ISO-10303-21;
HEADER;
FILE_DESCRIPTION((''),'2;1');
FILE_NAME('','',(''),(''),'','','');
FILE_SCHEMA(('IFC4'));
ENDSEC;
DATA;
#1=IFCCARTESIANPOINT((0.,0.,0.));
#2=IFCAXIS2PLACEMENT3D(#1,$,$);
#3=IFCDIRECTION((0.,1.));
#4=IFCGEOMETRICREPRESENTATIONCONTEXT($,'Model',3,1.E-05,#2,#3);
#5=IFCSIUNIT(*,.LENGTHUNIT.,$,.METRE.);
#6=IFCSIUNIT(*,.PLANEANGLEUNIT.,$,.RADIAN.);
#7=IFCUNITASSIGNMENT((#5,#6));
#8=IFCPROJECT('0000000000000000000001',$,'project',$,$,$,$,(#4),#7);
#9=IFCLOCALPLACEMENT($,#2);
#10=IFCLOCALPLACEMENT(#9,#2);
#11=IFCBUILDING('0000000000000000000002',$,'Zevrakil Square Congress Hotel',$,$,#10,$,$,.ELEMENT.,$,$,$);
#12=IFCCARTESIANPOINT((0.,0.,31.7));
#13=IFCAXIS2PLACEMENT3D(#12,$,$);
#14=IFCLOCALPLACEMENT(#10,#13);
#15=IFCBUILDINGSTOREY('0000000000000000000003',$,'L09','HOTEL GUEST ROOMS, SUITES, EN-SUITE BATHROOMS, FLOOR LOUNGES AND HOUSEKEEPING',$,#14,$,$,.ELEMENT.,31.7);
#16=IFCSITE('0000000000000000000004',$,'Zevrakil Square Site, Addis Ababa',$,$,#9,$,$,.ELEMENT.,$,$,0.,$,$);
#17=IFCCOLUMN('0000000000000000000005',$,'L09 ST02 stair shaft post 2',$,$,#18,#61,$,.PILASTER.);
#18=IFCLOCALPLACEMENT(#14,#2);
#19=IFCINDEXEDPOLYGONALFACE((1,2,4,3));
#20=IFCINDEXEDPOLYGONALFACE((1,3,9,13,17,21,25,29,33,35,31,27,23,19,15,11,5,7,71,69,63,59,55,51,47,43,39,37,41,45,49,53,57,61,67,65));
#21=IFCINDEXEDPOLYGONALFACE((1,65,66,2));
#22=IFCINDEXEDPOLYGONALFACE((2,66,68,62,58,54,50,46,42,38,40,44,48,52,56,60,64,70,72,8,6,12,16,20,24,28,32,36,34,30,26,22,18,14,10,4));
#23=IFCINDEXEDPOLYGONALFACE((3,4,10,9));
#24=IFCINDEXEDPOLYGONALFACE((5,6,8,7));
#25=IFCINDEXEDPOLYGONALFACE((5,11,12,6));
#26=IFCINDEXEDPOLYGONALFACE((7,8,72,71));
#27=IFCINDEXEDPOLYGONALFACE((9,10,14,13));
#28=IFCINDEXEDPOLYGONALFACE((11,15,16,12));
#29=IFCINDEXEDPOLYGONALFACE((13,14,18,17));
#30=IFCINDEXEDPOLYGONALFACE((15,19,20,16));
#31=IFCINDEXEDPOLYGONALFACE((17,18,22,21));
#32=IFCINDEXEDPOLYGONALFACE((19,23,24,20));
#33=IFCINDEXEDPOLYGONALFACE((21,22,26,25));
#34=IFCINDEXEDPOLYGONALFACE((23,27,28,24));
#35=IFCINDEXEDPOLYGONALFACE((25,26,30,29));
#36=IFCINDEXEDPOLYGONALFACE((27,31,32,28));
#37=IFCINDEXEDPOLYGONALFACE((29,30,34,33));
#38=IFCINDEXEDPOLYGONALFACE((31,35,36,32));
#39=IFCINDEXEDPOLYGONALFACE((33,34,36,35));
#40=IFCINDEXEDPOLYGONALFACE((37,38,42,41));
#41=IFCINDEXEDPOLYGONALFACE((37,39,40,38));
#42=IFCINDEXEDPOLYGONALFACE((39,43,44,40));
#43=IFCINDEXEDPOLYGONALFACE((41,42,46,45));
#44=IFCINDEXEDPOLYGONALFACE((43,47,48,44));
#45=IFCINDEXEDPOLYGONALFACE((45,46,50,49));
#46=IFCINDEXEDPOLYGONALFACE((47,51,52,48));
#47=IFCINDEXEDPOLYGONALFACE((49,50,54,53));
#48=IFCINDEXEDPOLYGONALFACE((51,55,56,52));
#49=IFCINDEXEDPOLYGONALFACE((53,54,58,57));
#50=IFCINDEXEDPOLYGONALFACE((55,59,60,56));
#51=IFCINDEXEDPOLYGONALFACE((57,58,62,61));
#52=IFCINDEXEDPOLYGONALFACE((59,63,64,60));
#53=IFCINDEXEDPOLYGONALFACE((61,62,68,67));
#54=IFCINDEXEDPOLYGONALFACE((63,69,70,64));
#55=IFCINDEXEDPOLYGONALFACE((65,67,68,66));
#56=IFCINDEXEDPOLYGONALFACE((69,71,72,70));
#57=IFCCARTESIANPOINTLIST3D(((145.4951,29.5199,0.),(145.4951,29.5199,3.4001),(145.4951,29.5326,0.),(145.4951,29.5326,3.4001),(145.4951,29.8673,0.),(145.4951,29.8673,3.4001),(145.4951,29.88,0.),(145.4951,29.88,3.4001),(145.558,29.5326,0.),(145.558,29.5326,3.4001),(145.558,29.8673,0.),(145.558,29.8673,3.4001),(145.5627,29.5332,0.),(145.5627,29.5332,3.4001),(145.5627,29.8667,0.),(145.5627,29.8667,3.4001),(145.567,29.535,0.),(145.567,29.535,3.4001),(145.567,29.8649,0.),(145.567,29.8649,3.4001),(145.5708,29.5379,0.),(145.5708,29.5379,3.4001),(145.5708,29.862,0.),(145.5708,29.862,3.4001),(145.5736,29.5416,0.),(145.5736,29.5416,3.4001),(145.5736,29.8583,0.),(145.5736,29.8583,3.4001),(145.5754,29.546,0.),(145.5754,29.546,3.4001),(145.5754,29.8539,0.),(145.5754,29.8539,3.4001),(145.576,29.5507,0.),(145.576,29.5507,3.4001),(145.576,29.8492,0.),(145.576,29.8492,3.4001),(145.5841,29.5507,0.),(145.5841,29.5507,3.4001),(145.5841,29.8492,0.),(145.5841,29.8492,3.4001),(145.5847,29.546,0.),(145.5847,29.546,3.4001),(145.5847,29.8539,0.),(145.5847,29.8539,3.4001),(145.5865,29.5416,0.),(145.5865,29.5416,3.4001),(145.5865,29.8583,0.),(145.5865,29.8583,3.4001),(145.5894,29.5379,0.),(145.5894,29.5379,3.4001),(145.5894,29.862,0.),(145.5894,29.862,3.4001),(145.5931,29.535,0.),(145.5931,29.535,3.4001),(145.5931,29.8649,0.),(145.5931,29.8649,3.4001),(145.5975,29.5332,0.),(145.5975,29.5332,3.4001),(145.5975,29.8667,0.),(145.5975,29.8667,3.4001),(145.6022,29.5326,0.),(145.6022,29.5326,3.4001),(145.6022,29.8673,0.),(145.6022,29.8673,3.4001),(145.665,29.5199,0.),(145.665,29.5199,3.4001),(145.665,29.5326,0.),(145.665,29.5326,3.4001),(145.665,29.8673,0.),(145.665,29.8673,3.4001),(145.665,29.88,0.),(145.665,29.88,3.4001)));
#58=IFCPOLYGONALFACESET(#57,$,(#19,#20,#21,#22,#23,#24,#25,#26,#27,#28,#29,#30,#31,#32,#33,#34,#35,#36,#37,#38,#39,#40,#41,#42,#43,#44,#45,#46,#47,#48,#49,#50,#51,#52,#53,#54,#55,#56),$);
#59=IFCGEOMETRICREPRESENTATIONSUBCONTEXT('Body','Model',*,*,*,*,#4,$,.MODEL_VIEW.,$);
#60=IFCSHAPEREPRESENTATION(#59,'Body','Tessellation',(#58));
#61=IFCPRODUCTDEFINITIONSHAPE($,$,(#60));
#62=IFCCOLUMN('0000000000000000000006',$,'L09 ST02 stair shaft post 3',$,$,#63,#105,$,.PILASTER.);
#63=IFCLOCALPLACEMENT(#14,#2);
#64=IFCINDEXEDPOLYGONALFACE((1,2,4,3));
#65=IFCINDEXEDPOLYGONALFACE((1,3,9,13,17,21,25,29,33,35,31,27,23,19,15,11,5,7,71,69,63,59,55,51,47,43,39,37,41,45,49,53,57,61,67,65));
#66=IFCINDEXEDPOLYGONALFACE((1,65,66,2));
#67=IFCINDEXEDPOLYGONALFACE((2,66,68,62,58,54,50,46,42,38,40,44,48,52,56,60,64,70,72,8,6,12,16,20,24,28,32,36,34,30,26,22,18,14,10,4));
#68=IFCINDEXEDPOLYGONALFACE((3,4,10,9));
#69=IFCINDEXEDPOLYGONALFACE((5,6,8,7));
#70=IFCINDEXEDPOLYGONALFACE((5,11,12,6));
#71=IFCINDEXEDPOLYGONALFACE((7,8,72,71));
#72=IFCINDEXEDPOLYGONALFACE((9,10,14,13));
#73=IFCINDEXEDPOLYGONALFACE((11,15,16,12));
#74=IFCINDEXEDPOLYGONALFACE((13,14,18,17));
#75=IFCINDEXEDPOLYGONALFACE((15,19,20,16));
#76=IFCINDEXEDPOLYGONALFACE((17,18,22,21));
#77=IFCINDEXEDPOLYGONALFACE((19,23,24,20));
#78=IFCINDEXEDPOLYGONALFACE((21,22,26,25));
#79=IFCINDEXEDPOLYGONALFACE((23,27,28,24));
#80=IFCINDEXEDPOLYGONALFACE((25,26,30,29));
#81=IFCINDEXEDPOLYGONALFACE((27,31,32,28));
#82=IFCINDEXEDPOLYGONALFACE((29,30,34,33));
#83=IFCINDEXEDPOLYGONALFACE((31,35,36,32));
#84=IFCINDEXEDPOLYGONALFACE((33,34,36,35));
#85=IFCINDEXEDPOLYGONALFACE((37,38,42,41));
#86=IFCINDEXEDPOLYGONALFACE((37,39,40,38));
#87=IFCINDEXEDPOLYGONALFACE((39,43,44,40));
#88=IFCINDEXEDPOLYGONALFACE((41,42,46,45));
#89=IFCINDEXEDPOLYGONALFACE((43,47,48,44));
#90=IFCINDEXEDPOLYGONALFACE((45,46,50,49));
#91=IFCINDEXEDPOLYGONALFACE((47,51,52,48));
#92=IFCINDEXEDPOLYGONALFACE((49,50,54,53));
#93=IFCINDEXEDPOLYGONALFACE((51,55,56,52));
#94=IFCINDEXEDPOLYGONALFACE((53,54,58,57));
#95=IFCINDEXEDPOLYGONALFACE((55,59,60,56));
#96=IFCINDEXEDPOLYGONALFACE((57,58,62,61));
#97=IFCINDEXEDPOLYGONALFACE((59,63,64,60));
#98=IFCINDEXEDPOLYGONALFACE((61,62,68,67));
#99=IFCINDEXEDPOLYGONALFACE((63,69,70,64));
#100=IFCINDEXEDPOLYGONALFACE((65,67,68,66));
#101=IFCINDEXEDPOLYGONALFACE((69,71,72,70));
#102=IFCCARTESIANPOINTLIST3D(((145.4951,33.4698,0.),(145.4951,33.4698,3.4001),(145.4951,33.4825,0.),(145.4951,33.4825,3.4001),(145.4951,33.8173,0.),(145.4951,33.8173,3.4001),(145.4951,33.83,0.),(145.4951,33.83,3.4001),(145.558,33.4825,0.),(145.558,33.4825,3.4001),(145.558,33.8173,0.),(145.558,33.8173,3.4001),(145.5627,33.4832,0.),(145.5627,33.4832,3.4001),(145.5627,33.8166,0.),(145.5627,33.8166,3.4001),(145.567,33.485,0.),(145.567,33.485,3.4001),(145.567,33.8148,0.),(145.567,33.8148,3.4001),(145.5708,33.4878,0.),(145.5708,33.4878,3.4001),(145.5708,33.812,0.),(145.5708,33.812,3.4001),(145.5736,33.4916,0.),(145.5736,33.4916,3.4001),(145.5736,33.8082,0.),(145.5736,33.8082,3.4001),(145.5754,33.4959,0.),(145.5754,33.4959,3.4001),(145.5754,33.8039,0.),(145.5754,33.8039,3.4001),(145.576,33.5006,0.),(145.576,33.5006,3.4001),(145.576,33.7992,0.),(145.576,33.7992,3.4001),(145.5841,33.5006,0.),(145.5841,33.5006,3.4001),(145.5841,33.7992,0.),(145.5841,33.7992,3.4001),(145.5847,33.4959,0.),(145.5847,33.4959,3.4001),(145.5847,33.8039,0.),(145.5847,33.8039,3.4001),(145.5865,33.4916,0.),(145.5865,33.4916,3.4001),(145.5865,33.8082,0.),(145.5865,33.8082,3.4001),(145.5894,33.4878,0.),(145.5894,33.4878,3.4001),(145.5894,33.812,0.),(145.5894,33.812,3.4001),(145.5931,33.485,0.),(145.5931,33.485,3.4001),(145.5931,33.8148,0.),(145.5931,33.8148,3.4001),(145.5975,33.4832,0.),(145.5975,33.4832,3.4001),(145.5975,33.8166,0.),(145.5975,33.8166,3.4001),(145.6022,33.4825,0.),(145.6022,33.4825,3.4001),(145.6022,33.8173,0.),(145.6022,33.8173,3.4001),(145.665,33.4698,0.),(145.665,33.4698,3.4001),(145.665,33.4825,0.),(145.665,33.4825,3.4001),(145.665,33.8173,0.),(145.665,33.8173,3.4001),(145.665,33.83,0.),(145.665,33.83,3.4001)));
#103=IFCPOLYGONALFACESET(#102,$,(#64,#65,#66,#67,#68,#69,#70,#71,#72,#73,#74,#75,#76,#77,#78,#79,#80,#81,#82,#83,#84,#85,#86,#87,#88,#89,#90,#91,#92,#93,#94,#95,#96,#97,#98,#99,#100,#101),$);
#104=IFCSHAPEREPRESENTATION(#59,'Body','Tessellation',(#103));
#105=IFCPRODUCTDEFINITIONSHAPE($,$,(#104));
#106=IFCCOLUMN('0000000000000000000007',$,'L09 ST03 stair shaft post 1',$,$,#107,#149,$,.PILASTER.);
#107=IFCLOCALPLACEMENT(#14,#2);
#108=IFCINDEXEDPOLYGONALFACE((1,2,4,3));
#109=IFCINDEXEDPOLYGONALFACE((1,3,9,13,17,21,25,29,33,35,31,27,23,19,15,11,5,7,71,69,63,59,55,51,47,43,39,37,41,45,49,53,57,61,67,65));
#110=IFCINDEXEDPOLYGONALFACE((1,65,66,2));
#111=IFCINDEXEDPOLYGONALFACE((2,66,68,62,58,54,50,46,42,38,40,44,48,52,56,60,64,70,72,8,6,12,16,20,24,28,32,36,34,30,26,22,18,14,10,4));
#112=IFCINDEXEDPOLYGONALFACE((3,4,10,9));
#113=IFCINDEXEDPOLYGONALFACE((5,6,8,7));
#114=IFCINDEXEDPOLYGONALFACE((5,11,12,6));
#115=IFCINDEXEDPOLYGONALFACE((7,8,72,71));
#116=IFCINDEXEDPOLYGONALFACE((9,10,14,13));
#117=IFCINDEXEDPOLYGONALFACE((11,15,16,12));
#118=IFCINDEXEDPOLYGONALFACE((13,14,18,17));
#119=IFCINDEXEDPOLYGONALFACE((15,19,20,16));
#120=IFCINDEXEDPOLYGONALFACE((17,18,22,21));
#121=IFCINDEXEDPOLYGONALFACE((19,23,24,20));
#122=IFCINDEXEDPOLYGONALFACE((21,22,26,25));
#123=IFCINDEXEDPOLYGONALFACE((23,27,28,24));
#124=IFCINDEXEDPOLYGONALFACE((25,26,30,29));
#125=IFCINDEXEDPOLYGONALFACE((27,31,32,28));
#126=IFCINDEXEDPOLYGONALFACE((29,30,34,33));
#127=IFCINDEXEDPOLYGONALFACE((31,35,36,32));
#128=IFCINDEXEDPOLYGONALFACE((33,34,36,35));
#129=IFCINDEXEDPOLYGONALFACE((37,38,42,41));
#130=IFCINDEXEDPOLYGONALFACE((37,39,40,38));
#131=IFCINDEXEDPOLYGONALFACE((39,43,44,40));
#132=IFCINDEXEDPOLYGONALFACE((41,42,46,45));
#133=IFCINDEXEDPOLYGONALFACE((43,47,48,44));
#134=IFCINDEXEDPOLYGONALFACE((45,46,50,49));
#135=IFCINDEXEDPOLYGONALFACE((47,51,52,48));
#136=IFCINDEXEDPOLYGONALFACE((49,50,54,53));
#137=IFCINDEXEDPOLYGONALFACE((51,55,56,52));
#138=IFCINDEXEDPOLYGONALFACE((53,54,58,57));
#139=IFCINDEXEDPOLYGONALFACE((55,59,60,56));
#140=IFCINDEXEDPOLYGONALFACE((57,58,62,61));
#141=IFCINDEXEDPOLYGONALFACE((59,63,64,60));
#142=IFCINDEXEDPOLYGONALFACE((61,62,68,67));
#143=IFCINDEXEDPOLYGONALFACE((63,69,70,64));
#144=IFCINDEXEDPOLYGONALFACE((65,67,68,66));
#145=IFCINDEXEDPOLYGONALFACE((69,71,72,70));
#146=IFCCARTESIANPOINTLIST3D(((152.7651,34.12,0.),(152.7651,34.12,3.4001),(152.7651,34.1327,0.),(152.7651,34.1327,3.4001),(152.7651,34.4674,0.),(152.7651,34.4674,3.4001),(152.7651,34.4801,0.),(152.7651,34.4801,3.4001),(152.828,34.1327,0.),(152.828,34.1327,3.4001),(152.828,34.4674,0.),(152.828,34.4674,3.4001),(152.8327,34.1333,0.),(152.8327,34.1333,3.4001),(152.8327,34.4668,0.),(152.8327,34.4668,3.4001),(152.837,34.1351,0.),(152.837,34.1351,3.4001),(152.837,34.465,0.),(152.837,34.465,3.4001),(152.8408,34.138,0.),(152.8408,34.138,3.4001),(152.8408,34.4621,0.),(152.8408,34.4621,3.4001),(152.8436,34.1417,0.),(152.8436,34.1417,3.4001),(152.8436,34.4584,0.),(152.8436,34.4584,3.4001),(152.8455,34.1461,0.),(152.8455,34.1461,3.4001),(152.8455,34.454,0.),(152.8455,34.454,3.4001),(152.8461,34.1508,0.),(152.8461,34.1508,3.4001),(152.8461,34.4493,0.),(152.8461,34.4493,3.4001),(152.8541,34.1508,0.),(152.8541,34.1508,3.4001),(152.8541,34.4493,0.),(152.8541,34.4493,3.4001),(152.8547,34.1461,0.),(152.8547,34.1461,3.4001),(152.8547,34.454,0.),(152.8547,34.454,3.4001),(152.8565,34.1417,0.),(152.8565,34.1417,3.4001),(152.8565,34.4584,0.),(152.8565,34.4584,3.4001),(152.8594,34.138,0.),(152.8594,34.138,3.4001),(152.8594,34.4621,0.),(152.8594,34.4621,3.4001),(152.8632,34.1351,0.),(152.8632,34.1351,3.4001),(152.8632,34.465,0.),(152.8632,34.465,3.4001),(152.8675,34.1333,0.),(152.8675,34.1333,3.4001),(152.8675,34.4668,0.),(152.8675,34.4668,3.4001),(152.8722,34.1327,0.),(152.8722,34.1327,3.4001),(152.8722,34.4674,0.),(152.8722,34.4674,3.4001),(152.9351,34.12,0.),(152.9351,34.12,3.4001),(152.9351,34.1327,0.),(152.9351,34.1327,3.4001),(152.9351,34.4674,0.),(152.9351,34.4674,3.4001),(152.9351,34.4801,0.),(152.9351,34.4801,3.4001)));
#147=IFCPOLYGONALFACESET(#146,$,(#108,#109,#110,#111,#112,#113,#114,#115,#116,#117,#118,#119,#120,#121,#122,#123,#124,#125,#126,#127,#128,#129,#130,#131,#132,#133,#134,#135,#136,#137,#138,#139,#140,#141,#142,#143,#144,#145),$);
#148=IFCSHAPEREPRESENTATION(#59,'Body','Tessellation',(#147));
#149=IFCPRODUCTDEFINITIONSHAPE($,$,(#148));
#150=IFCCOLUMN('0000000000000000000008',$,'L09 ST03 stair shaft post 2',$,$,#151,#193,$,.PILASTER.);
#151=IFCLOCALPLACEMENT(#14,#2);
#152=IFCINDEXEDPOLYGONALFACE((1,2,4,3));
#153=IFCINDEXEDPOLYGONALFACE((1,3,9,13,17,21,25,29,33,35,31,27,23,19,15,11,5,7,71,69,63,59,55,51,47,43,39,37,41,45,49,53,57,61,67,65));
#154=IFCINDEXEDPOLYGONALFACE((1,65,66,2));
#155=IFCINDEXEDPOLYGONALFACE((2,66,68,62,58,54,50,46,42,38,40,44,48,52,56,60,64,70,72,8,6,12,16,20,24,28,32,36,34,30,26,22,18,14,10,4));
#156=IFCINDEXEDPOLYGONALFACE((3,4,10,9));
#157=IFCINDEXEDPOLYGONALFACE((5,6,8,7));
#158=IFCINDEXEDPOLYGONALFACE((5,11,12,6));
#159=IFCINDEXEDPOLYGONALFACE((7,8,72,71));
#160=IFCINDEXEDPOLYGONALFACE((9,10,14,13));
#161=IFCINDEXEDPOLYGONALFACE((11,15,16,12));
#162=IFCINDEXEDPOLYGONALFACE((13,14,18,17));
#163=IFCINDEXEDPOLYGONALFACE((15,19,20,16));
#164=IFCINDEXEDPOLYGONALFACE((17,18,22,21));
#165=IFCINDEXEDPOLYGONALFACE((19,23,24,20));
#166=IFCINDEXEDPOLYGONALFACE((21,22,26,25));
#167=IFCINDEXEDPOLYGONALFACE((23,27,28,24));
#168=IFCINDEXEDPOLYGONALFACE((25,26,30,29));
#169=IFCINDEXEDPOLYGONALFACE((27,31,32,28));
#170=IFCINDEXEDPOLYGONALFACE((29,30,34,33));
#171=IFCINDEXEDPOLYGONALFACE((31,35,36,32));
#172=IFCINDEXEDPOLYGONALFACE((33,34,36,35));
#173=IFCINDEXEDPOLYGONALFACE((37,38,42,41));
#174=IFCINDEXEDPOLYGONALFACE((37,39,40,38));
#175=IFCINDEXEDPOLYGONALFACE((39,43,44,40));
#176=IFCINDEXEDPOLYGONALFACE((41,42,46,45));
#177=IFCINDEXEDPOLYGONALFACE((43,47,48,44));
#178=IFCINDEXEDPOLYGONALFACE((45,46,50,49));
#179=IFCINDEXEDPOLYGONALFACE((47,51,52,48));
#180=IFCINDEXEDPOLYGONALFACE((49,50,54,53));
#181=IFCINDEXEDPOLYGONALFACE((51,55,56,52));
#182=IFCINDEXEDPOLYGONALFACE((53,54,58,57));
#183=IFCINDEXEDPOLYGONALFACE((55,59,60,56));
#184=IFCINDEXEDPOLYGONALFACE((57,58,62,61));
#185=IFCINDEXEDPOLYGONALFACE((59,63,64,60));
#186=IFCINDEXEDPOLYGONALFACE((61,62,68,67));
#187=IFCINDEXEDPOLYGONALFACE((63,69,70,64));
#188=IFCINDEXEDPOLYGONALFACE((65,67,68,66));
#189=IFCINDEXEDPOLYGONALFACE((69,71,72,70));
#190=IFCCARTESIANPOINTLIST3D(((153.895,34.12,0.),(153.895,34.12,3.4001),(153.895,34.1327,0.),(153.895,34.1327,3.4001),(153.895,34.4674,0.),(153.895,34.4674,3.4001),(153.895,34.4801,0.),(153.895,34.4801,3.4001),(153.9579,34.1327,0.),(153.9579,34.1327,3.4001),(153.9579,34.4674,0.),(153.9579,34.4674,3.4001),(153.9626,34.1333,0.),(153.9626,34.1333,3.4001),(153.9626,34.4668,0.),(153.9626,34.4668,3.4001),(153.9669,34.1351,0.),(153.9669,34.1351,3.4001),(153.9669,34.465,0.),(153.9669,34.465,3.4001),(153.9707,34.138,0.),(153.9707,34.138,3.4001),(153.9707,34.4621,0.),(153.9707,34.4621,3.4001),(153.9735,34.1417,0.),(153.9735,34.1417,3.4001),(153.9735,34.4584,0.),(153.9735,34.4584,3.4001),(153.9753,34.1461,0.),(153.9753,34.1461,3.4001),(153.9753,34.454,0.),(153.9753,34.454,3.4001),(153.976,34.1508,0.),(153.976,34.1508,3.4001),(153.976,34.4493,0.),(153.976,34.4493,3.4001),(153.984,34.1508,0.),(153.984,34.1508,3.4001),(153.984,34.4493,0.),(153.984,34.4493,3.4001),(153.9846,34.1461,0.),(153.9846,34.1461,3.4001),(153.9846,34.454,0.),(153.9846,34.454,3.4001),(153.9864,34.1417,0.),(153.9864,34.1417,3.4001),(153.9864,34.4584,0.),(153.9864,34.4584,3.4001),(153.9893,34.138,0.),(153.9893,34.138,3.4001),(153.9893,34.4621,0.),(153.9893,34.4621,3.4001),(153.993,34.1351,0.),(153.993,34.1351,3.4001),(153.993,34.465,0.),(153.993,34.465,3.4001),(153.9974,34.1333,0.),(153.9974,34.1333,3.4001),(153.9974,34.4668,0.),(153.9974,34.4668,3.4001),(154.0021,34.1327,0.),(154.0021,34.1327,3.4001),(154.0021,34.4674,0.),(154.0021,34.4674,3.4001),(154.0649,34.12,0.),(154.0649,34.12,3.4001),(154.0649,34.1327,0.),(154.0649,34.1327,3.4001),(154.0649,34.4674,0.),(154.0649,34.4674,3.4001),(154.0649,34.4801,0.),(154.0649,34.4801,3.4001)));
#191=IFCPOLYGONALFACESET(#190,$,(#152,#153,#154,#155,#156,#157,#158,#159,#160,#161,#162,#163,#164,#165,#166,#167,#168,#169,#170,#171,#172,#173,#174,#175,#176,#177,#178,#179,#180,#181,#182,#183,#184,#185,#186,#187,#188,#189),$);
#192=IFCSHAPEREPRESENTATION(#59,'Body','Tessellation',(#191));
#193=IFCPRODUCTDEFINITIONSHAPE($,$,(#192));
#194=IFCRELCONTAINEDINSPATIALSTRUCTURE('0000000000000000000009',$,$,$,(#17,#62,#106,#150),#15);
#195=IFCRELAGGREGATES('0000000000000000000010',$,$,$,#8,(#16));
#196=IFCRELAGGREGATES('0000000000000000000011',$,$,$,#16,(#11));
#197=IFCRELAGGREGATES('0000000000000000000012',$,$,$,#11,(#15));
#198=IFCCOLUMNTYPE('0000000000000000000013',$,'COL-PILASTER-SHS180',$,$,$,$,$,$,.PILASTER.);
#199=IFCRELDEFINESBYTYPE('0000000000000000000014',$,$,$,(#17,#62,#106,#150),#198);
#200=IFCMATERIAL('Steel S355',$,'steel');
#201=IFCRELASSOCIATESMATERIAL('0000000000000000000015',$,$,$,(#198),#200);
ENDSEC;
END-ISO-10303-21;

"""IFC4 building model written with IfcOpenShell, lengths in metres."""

from ifc_helpers import new_model, si_unit, direction, frame, origin, origin_2d, place, context, subcontext, project, spatial, i_section, extrude, material, material_profile, profile_set, type_object, element, save


model = new_model("IFC4")

# Units and contexts
model_context = context("Model", 3, precision=1e-05, world=origin(), true_north=direction((0.0, 1.0)))
body_context = subcontext(model_context, "Body", "Model", "MODEL_VIEW")
ifc_project = project(units=[si_unit("LENGTHUNIT", "METRE"), si_unit("PLANEANGLEUNIT", "RADIAN")], contexts=[model_context])

# Site, building, storey
site_placement = place(None, origin())
site = spatial("IfcSite", under=ifc_project, at=site_placement, Name="Zevrakil Square Site, Addis Ababa", CompositionType="ELEMENT", RefElevation=0.0)
building_placement = place(site_placement, origin())
building = spatial("IfcBuilding", under=site, at=building_placement, Name="Zevrakil Square Congress Hotel", CompositionType="ELEMENT")
storey_placement = place(building_placement, frame((0.0, 0.0, 31.7)))
storey = spatial("IfcBuildingStorey", under=building, at=storey_placement, Name="L09", Description="HOTEL GUEST ROOMS, SUITES, EN-SUITE BATHROOMS, FLOOR LOUNGES AND HOUSEKEEPING", CompositionType="ELEMENT", Elevation=31.7)

# Columns
ifc_material_1 = material(Name="Steel S355", Category="steel")
ifc_material_profile_1 = material_profile(ifc_material_1, i_section(OverallWidth=0.1699, OverallDepth=0.3601, WebThickness=0.0081, FlangeThickness=0.0127, FilletRadius=0.0181, at=origin_2d()), Name="IPE 360")
ifc_profile_set_1 = profile_set([ifc_material_profile_1], Name="Steel S355")
column_type = type_object("IfcColumnType", Name="COL-PILASTER-SHS180", PredefinedType="PILASTER", material=ifc_profile_set_1)
for number, where, z_axis, x_axis, name in (
    (1, (145.5801, 29.7, 0.0), (0.0, 0.0, 1.0), (1.0, 0.0, 0.0), "L09 ST02 stair shaft post 2"),
    (2, (145.5801, 33.6499, 0.0), (0.0, 0.0, 1.0), (1.0, 0.0, 0.0), "L09 ST02 stair shaft post 3"),
    (3, (152.8501, 34.3, 0.0), (0.0, 0.0, 1.0), (1.0, 0.0, 0.0), "L09 ST03 stair shaft post 1"),
    (4, (153.98, 34.3, 0.0), (0.0, 0.0, 1.0), (1.0, 0.0, 0.0), "L09 ST03 stair shaft post 2"),
):
    element("IfcColumn", number, at=place(storey_placement, frame(where, z_axis=z_axis, x_axis=x_axis)), inside=storey, type_object=column_type, Name=name, PredefinedType="PILASTER", context=body_context, shape_type="SweptSolid", body=[
        extrude(i_section(OverallWidth=0.1699, OverallDepth=0.3601, WebThickness=0.0081, FlangeThickness=0.0127, FilletRadius=0.0181, at=origin_2d()), origin(), (0.0, 0.0, 1.0), 3.4001),
    ])

save(model, "model.ifc")
